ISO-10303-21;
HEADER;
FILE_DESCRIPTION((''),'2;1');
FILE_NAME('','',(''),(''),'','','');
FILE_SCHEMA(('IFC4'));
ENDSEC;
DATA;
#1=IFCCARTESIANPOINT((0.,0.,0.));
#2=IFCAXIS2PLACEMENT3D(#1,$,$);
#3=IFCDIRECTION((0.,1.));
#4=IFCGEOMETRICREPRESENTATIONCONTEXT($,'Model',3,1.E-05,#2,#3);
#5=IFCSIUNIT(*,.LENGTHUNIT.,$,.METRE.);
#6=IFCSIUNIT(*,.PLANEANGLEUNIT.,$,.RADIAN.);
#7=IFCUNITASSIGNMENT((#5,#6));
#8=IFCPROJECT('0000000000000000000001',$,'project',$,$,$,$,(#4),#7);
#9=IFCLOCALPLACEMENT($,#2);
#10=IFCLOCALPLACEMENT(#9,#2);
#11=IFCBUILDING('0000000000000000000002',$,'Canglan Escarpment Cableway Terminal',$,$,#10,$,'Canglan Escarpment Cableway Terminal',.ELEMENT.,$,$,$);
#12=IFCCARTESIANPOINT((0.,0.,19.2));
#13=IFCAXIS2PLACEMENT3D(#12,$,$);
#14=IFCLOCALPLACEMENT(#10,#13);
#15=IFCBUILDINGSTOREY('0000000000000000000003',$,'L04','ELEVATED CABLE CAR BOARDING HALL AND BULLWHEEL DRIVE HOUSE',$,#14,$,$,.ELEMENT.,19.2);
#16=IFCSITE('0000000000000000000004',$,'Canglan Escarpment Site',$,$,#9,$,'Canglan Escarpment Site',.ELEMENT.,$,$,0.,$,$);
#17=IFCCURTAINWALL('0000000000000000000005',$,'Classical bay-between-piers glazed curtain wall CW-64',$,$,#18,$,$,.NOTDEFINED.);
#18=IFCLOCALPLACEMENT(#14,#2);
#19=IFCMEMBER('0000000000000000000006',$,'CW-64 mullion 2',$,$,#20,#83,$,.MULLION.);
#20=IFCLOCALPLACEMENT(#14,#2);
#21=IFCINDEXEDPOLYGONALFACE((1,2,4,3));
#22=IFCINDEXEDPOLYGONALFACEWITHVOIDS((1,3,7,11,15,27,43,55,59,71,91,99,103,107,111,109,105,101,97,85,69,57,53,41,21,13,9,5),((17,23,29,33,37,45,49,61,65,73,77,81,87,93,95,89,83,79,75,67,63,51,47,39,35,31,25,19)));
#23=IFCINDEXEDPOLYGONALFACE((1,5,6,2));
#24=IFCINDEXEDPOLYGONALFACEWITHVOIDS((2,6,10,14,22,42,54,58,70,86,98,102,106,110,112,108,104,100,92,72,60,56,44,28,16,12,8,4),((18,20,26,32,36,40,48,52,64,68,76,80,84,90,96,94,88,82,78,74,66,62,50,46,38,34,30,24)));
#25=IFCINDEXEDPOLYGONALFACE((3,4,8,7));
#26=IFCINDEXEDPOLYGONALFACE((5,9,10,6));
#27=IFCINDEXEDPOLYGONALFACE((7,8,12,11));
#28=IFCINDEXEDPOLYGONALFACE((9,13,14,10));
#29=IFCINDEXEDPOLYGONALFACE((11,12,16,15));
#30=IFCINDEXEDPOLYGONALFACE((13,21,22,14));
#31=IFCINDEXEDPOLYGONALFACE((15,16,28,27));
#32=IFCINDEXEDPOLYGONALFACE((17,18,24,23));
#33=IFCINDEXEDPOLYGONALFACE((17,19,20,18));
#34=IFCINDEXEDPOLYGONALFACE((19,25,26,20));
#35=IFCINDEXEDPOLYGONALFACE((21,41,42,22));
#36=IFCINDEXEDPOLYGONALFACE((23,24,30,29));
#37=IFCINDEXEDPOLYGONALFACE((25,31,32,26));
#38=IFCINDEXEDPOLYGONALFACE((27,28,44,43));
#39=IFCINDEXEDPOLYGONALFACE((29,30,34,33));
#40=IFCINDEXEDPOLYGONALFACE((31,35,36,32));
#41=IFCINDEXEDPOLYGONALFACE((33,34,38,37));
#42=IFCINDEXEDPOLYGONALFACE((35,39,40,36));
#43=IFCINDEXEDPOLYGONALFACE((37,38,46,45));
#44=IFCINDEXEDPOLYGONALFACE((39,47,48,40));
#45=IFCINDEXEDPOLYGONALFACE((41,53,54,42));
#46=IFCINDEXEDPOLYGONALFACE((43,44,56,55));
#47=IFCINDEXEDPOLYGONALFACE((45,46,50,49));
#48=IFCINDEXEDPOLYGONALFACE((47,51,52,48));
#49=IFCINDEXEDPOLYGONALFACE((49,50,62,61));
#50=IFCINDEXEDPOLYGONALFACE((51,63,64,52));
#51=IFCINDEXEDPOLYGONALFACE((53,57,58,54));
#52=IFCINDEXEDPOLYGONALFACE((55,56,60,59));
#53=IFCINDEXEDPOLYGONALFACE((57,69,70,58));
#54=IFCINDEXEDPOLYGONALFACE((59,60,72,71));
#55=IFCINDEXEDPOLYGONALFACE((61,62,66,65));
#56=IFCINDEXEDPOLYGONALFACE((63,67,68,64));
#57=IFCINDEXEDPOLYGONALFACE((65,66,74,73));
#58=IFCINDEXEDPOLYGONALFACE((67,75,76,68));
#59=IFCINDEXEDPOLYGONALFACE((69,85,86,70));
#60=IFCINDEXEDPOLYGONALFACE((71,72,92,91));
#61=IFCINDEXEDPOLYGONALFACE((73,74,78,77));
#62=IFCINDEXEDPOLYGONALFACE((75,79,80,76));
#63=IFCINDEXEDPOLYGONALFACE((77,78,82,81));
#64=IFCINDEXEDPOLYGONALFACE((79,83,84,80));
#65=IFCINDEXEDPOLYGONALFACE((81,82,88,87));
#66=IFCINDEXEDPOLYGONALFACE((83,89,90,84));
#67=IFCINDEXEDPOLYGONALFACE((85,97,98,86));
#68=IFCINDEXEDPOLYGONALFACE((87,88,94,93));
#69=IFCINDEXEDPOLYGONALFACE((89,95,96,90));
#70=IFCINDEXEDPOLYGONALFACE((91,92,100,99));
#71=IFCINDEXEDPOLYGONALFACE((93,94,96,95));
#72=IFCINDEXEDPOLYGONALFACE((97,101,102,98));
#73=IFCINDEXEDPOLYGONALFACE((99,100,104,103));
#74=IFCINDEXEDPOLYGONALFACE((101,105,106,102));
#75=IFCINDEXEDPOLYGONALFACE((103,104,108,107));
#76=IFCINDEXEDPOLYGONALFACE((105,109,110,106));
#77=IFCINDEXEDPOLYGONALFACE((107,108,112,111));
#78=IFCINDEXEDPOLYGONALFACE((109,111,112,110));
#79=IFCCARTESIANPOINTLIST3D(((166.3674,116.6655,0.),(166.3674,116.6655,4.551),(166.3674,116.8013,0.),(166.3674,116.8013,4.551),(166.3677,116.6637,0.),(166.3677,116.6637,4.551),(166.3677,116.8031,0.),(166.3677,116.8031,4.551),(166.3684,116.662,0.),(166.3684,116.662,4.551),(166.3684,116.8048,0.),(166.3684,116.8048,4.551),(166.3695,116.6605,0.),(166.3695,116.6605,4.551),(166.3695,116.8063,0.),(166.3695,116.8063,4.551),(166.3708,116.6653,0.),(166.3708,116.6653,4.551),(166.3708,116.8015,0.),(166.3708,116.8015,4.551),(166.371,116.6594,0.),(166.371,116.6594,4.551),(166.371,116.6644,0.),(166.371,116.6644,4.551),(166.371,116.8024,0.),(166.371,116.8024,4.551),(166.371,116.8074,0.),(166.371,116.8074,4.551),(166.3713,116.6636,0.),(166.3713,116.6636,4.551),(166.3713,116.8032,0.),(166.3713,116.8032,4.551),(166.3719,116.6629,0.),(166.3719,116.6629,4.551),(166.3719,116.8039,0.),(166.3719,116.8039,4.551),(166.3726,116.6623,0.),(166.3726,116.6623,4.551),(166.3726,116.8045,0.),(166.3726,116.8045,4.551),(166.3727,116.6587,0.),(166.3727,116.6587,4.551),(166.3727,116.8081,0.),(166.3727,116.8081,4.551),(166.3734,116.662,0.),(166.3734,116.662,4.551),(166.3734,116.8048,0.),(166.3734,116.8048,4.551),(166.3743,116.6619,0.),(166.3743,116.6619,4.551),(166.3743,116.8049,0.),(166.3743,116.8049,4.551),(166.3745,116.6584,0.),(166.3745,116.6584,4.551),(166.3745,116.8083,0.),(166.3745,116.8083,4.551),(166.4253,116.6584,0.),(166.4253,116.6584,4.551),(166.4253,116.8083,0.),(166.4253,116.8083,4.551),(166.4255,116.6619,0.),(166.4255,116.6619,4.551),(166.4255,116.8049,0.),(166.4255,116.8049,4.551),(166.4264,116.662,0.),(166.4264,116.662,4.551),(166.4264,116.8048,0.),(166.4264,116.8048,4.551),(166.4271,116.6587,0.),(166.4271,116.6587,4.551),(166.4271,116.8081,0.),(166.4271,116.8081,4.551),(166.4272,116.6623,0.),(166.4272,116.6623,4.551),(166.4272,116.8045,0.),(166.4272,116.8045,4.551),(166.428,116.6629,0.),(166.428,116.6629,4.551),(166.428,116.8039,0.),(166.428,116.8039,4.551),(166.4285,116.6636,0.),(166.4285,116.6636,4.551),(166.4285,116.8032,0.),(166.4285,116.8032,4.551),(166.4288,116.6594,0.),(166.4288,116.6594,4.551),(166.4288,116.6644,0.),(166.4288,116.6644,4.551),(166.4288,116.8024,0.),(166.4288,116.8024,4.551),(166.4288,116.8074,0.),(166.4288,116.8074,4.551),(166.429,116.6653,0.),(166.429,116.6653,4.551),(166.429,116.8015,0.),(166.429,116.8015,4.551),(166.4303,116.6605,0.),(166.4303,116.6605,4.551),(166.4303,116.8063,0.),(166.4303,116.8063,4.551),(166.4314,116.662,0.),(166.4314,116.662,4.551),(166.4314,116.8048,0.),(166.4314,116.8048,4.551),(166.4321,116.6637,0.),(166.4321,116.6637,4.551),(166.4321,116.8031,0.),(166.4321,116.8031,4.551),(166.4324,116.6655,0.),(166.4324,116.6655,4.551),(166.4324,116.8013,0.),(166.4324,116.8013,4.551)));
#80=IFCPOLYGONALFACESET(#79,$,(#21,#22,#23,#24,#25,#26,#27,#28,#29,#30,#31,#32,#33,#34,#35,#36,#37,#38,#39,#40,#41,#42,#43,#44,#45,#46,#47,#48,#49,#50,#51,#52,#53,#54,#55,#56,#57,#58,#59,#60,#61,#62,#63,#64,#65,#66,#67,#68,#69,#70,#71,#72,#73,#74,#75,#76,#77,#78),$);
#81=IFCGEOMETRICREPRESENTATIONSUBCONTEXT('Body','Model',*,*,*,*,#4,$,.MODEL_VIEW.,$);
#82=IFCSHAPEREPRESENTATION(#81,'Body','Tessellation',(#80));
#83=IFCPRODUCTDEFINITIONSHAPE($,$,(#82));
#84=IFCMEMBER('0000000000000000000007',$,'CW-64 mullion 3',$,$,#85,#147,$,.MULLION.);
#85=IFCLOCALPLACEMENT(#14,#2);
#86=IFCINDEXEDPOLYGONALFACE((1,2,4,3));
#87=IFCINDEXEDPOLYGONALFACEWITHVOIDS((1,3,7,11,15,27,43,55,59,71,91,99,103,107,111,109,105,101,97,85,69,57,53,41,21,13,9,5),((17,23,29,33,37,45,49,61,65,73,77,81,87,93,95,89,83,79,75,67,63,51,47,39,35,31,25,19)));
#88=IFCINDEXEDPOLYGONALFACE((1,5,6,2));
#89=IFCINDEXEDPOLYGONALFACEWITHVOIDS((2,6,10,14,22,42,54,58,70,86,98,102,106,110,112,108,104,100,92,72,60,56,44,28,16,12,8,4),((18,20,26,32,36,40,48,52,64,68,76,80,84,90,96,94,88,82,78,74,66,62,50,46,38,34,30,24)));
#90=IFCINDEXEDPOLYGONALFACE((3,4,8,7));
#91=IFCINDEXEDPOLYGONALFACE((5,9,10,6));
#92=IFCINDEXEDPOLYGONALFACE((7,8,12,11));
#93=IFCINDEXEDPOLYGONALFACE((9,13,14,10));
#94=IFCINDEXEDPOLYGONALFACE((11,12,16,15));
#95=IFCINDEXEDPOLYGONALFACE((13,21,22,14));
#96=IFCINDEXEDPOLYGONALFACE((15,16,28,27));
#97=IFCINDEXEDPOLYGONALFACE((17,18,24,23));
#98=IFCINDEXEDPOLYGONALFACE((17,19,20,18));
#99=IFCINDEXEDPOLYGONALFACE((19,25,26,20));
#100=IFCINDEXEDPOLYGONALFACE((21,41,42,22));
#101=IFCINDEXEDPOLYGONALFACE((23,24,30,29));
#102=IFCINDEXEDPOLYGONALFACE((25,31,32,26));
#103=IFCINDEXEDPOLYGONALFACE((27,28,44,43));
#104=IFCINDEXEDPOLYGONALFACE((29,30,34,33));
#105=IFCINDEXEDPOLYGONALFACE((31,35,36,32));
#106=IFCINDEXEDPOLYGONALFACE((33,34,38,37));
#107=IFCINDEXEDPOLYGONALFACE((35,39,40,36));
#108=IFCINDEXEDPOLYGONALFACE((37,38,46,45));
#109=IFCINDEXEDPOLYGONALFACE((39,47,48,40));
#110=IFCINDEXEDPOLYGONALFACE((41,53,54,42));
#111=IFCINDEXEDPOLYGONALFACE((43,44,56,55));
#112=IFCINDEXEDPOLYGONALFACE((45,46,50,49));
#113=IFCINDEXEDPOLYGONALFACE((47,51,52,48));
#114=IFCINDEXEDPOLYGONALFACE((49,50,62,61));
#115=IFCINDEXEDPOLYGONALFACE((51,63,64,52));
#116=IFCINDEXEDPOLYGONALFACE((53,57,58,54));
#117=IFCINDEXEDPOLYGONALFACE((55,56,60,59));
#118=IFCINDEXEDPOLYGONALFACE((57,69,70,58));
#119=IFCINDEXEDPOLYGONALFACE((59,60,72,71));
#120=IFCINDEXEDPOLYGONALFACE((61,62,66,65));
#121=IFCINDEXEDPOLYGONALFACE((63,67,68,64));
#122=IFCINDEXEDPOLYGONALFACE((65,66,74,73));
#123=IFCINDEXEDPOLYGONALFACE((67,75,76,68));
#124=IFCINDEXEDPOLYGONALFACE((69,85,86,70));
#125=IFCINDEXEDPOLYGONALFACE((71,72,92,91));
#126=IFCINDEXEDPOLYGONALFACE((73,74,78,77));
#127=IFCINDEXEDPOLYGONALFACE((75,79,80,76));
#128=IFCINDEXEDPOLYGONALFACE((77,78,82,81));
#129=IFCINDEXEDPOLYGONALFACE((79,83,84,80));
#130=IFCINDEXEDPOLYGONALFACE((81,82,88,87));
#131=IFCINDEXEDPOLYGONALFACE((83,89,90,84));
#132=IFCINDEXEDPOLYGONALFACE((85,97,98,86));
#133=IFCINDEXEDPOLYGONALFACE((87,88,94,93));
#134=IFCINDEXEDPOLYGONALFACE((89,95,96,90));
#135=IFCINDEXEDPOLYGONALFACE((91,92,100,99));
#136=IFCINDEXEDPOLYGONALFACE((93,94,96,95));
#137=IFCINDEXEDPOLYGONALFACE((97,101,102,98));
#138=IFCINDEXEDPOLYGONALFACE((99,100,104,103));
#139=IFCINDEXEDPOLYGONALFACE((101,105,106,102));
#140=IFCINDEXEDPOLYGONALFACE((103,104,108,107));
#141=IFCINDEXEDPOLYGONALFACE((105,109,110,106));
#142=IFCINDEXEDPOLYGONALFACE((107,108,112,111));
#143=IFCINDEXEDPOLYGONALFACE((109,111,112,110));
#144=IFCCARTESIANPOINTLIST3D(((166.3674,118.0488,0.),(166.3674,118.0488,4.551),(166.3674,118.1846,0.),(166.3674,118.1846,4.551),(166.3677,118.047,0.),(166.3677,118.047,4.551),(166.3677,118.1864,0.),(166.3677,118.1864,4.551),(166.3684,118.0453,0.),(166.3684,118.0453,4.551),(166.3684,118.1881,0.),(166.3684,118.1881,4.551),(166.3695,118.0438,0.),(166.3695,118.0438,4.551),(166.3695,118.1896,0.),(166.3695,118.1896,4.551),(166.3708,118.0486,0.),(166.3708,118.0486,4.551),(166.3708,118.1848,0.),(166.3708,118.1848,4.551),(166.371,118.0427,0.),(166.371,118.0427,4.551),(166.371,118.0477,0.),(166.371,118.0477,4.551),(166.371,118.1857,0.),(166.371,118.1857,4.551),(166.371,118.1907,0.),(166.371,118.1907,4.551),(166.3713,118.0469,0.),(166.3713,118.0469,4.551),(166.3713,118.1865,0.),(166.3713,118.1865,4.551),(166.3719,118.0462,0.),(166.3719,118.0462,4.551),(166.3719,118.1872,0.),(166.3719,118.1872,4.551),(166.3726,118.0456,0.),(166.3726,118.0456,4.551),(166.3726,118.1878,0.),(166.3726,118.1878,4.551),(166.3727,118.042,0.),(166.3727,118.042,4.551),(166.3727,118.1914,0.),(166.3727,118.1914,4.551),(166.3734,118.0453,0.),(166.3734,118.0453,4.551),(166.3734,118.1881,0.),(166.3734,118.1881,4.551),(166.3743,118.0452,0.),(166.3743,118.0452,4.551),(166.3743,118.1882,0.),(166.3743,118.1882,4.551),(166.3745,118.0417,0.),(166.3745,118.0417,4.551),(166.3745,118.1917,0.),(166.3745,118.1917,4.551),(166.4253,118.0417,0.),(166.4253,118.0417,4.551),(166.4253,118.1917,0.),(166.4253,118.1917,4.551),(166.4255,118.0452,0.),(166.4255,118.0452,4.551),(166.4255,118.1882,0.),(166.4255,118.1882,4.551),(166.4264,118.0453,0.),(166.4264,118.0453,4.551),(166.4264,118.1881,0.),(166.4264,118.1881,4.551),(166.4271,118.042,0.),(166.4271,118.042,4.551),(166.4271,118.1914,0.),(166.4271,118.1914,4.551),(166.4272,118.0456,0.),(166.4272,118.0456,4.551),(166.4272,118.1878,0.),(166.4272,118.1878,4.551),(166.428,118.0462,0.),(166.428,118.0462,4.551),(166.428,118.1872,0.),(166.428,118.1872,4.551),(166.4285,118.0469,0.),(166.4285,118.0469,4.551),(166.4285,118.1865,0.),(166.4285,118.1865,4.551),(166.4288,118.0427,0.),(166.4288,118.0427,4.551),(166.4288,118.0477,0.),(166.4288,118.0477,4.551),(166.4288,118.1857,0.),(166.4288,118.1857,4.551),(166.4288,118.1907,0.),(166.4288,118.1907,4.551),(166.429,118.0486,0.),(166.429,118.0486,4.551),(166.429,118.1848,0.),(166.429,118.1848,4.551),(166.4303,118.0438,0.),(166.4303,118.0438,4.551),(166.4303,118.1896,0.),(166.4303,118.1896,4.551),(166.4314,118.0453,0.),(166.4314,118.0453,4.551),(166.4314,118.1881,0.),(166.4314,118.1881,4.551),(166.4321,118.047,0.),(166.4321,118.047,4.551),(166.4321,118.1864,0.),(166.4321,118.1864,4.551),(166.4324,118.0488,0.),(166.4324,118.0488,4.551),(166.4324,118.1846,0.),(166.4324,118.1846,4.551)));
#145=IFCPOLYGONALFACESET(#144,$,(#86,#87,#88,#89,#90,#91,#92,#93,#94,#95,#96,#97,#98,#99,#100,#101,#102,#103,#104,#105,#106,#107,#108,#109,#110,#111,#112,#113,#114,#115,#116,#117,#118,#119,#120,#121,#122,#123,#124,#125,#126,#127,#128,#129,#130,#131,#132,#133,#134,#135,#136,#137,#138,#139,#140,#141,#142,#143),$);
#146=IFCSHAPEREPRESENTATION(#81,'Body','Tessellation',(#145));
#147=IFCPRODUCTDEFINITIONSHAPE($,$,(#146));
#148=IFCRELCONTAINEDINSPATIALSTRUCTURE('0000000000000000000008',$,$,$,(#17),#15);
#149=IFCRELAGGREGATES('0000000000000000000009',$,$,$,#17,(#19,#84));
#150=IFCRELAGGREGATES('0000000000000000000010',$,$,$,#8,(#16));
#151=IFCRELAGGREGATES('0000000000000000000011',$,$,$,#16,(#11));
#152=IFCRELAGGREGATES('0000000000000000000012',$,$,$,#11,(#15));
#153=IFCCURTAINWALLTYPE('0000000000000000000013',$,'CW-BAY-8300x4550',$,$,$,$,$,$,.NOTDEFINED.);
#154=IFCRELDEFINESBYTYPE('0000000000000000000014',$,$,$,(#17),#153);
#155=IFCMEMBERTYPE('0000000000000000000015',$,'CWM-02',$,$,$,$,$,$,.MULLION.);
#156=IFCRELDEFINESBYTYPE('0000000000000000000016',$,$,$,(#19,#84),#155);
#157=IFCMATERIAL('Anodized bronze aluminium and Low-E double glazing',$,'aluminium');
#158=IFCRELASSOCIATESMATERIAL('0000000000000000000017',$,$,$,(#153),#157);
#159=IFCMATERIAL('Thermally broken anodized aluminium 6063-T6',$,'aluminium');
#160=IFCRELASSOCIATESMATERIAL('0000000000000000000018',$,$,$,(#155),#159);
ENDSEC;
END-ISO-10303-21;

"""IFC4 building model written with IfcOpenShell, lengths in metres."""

from ifc_helpers import new_model, si_unit, direction, frame, origin, origin_2d, place, context, subcontext, project, spatial, hollow_rectangle, extrude, material, material_profile, profile_set, type_object, element, aggregate, save


model = new_model("IFC4")

# Units and contexts
model_context = context("Model", 3, precision=1e-05, world=origin(), true_north=direction((0.0, 1.0)))
body_context = subcontext(model_context, "Body", "Model", "MODEL_VIEW")
ifc_project = project(units=[si_unit("LENGTHUNIT", "METRE"), si_unit("PLANEANGLEUNIT", "RADIAN")], contexts=[model_context])

# Site, building, storey
site_placement = place(None, origin())
site = spatial("IfcSite", under=ifc_project, at=site_placement, Name="Canglan Escarpment Site", LongName="Canglan Escarpment Site", CompositionType="ELEMENT", RefElevation=0.0)
building_placement = place(site_placement, origin())
building = spatial("IfcBuilding", under=site, at=building_placement, Name="Canglan Escarpment Cableway Terminal", LongName="Canglan Escarpment Cableway Terminal", CompositionType="ELEMENT")
storey_placement = place(building_placement, frame((0.0, 0.0, 19.2)))
storey = spatial("IfcBuildingStorey", under=building, at=storey_placement, Name="L04", Description="ELEVATED CABLE CAR BOARDING HALL AND BULLWHEEL DRIVE HOUSE", CompositionType="ELEMENT", Elevation=19.2)

# Curtain wall, members
ifc_material_1 = material(Name="Anodized bronze aluminium and Low-E double glazing", Category="aluminium")
curtain_wall_type = type_object("IfcCurtainWallType", Name="CW-BAY-8300x4550", PredefinedType="NOTDEFINED", material=ifc_material_1)
curtain_wall_placement = place(storey_placement, origin())
curtain_wall = element("IfcCurtainWall", 1, at=curtain_wall_placement, inside=storey, type_object=curtain_wall_type, Name="Classical bay-between-piers glazed curtain wall CW-64", PredefinedType="NOTDEFINED")
ifc_material_2 = material(Name="Thermally broken anodized aluminium 6063-T6", Category="aluminium")
ifc_material_profile_1 = material_profile(ifc_material_2, hollow_rectangle(XDim=0.0649, YDim=0.1499, WallThickness=0.0034, InnerFilletRadius=0.0034, OuterFilletRadius=0.0071, at=origin_2d()), Name="ALU-MULL 65x150x3.5")
ifc_profile_set_1 = profile_set([ifc_material_profile_1], Name="Thermally broken anodized aluminium 6063-T6")
member_type_1 = type_object("IfcMemberType", Name="CWM-02", PredefinedType="MULLION", material=ifc_profile_set_1)
member_1_placement = place(storey_placement, frame((166.3999, 116.7334, 0.0), z_axis=(0.0, 0.0, 1.0), x_axis=(-1.0, 0.0, 0.0)))
member_1 = element("IfcMember", 2, at=member_1_placement, type_object=member_type_1, Name="CW-64 mullion 2", PredefinedType="MULLION", context=body_context, shape_type="SweptSolid", body=[
    extrude(hollow_rectangle(XDim=0.0649, YDim=0.1499, WallThickness=0.0034, InnerFilletRadius=0.0034, OuterFilletRadius=0.0071, at=origin_2d()), origin(), (0.0, 0.0, 1.0), 4.551),
])
member_2_placement = place(storey_placement, frame((166.3999, 118.1167, 0.0), z_axis=(0.0, 0.0, 1.0), x_axis=(-1.0, 0.0, 0.0)))
member_2 = element("IfcMember", 3, at=member_2_placement, type_object=member_type_1, Name="CW-64 mullion 3", PredefinedType="MULLION", context=body_context, shape_type="SweptSolid", body=[
    extrude(hollow_rectangle(XDim=0.0649, YDim=0.1499, WallThickness=0.0034, InnerFilletRadius=0.0034, OuterFilletRadius=0.0071, at=origin_2d()), origin(), (0.0, 0.0, 1.0), 4.551),
])
aggregate(curtain_wall, [member_1, member_2])

save(model, "model.ifc")
